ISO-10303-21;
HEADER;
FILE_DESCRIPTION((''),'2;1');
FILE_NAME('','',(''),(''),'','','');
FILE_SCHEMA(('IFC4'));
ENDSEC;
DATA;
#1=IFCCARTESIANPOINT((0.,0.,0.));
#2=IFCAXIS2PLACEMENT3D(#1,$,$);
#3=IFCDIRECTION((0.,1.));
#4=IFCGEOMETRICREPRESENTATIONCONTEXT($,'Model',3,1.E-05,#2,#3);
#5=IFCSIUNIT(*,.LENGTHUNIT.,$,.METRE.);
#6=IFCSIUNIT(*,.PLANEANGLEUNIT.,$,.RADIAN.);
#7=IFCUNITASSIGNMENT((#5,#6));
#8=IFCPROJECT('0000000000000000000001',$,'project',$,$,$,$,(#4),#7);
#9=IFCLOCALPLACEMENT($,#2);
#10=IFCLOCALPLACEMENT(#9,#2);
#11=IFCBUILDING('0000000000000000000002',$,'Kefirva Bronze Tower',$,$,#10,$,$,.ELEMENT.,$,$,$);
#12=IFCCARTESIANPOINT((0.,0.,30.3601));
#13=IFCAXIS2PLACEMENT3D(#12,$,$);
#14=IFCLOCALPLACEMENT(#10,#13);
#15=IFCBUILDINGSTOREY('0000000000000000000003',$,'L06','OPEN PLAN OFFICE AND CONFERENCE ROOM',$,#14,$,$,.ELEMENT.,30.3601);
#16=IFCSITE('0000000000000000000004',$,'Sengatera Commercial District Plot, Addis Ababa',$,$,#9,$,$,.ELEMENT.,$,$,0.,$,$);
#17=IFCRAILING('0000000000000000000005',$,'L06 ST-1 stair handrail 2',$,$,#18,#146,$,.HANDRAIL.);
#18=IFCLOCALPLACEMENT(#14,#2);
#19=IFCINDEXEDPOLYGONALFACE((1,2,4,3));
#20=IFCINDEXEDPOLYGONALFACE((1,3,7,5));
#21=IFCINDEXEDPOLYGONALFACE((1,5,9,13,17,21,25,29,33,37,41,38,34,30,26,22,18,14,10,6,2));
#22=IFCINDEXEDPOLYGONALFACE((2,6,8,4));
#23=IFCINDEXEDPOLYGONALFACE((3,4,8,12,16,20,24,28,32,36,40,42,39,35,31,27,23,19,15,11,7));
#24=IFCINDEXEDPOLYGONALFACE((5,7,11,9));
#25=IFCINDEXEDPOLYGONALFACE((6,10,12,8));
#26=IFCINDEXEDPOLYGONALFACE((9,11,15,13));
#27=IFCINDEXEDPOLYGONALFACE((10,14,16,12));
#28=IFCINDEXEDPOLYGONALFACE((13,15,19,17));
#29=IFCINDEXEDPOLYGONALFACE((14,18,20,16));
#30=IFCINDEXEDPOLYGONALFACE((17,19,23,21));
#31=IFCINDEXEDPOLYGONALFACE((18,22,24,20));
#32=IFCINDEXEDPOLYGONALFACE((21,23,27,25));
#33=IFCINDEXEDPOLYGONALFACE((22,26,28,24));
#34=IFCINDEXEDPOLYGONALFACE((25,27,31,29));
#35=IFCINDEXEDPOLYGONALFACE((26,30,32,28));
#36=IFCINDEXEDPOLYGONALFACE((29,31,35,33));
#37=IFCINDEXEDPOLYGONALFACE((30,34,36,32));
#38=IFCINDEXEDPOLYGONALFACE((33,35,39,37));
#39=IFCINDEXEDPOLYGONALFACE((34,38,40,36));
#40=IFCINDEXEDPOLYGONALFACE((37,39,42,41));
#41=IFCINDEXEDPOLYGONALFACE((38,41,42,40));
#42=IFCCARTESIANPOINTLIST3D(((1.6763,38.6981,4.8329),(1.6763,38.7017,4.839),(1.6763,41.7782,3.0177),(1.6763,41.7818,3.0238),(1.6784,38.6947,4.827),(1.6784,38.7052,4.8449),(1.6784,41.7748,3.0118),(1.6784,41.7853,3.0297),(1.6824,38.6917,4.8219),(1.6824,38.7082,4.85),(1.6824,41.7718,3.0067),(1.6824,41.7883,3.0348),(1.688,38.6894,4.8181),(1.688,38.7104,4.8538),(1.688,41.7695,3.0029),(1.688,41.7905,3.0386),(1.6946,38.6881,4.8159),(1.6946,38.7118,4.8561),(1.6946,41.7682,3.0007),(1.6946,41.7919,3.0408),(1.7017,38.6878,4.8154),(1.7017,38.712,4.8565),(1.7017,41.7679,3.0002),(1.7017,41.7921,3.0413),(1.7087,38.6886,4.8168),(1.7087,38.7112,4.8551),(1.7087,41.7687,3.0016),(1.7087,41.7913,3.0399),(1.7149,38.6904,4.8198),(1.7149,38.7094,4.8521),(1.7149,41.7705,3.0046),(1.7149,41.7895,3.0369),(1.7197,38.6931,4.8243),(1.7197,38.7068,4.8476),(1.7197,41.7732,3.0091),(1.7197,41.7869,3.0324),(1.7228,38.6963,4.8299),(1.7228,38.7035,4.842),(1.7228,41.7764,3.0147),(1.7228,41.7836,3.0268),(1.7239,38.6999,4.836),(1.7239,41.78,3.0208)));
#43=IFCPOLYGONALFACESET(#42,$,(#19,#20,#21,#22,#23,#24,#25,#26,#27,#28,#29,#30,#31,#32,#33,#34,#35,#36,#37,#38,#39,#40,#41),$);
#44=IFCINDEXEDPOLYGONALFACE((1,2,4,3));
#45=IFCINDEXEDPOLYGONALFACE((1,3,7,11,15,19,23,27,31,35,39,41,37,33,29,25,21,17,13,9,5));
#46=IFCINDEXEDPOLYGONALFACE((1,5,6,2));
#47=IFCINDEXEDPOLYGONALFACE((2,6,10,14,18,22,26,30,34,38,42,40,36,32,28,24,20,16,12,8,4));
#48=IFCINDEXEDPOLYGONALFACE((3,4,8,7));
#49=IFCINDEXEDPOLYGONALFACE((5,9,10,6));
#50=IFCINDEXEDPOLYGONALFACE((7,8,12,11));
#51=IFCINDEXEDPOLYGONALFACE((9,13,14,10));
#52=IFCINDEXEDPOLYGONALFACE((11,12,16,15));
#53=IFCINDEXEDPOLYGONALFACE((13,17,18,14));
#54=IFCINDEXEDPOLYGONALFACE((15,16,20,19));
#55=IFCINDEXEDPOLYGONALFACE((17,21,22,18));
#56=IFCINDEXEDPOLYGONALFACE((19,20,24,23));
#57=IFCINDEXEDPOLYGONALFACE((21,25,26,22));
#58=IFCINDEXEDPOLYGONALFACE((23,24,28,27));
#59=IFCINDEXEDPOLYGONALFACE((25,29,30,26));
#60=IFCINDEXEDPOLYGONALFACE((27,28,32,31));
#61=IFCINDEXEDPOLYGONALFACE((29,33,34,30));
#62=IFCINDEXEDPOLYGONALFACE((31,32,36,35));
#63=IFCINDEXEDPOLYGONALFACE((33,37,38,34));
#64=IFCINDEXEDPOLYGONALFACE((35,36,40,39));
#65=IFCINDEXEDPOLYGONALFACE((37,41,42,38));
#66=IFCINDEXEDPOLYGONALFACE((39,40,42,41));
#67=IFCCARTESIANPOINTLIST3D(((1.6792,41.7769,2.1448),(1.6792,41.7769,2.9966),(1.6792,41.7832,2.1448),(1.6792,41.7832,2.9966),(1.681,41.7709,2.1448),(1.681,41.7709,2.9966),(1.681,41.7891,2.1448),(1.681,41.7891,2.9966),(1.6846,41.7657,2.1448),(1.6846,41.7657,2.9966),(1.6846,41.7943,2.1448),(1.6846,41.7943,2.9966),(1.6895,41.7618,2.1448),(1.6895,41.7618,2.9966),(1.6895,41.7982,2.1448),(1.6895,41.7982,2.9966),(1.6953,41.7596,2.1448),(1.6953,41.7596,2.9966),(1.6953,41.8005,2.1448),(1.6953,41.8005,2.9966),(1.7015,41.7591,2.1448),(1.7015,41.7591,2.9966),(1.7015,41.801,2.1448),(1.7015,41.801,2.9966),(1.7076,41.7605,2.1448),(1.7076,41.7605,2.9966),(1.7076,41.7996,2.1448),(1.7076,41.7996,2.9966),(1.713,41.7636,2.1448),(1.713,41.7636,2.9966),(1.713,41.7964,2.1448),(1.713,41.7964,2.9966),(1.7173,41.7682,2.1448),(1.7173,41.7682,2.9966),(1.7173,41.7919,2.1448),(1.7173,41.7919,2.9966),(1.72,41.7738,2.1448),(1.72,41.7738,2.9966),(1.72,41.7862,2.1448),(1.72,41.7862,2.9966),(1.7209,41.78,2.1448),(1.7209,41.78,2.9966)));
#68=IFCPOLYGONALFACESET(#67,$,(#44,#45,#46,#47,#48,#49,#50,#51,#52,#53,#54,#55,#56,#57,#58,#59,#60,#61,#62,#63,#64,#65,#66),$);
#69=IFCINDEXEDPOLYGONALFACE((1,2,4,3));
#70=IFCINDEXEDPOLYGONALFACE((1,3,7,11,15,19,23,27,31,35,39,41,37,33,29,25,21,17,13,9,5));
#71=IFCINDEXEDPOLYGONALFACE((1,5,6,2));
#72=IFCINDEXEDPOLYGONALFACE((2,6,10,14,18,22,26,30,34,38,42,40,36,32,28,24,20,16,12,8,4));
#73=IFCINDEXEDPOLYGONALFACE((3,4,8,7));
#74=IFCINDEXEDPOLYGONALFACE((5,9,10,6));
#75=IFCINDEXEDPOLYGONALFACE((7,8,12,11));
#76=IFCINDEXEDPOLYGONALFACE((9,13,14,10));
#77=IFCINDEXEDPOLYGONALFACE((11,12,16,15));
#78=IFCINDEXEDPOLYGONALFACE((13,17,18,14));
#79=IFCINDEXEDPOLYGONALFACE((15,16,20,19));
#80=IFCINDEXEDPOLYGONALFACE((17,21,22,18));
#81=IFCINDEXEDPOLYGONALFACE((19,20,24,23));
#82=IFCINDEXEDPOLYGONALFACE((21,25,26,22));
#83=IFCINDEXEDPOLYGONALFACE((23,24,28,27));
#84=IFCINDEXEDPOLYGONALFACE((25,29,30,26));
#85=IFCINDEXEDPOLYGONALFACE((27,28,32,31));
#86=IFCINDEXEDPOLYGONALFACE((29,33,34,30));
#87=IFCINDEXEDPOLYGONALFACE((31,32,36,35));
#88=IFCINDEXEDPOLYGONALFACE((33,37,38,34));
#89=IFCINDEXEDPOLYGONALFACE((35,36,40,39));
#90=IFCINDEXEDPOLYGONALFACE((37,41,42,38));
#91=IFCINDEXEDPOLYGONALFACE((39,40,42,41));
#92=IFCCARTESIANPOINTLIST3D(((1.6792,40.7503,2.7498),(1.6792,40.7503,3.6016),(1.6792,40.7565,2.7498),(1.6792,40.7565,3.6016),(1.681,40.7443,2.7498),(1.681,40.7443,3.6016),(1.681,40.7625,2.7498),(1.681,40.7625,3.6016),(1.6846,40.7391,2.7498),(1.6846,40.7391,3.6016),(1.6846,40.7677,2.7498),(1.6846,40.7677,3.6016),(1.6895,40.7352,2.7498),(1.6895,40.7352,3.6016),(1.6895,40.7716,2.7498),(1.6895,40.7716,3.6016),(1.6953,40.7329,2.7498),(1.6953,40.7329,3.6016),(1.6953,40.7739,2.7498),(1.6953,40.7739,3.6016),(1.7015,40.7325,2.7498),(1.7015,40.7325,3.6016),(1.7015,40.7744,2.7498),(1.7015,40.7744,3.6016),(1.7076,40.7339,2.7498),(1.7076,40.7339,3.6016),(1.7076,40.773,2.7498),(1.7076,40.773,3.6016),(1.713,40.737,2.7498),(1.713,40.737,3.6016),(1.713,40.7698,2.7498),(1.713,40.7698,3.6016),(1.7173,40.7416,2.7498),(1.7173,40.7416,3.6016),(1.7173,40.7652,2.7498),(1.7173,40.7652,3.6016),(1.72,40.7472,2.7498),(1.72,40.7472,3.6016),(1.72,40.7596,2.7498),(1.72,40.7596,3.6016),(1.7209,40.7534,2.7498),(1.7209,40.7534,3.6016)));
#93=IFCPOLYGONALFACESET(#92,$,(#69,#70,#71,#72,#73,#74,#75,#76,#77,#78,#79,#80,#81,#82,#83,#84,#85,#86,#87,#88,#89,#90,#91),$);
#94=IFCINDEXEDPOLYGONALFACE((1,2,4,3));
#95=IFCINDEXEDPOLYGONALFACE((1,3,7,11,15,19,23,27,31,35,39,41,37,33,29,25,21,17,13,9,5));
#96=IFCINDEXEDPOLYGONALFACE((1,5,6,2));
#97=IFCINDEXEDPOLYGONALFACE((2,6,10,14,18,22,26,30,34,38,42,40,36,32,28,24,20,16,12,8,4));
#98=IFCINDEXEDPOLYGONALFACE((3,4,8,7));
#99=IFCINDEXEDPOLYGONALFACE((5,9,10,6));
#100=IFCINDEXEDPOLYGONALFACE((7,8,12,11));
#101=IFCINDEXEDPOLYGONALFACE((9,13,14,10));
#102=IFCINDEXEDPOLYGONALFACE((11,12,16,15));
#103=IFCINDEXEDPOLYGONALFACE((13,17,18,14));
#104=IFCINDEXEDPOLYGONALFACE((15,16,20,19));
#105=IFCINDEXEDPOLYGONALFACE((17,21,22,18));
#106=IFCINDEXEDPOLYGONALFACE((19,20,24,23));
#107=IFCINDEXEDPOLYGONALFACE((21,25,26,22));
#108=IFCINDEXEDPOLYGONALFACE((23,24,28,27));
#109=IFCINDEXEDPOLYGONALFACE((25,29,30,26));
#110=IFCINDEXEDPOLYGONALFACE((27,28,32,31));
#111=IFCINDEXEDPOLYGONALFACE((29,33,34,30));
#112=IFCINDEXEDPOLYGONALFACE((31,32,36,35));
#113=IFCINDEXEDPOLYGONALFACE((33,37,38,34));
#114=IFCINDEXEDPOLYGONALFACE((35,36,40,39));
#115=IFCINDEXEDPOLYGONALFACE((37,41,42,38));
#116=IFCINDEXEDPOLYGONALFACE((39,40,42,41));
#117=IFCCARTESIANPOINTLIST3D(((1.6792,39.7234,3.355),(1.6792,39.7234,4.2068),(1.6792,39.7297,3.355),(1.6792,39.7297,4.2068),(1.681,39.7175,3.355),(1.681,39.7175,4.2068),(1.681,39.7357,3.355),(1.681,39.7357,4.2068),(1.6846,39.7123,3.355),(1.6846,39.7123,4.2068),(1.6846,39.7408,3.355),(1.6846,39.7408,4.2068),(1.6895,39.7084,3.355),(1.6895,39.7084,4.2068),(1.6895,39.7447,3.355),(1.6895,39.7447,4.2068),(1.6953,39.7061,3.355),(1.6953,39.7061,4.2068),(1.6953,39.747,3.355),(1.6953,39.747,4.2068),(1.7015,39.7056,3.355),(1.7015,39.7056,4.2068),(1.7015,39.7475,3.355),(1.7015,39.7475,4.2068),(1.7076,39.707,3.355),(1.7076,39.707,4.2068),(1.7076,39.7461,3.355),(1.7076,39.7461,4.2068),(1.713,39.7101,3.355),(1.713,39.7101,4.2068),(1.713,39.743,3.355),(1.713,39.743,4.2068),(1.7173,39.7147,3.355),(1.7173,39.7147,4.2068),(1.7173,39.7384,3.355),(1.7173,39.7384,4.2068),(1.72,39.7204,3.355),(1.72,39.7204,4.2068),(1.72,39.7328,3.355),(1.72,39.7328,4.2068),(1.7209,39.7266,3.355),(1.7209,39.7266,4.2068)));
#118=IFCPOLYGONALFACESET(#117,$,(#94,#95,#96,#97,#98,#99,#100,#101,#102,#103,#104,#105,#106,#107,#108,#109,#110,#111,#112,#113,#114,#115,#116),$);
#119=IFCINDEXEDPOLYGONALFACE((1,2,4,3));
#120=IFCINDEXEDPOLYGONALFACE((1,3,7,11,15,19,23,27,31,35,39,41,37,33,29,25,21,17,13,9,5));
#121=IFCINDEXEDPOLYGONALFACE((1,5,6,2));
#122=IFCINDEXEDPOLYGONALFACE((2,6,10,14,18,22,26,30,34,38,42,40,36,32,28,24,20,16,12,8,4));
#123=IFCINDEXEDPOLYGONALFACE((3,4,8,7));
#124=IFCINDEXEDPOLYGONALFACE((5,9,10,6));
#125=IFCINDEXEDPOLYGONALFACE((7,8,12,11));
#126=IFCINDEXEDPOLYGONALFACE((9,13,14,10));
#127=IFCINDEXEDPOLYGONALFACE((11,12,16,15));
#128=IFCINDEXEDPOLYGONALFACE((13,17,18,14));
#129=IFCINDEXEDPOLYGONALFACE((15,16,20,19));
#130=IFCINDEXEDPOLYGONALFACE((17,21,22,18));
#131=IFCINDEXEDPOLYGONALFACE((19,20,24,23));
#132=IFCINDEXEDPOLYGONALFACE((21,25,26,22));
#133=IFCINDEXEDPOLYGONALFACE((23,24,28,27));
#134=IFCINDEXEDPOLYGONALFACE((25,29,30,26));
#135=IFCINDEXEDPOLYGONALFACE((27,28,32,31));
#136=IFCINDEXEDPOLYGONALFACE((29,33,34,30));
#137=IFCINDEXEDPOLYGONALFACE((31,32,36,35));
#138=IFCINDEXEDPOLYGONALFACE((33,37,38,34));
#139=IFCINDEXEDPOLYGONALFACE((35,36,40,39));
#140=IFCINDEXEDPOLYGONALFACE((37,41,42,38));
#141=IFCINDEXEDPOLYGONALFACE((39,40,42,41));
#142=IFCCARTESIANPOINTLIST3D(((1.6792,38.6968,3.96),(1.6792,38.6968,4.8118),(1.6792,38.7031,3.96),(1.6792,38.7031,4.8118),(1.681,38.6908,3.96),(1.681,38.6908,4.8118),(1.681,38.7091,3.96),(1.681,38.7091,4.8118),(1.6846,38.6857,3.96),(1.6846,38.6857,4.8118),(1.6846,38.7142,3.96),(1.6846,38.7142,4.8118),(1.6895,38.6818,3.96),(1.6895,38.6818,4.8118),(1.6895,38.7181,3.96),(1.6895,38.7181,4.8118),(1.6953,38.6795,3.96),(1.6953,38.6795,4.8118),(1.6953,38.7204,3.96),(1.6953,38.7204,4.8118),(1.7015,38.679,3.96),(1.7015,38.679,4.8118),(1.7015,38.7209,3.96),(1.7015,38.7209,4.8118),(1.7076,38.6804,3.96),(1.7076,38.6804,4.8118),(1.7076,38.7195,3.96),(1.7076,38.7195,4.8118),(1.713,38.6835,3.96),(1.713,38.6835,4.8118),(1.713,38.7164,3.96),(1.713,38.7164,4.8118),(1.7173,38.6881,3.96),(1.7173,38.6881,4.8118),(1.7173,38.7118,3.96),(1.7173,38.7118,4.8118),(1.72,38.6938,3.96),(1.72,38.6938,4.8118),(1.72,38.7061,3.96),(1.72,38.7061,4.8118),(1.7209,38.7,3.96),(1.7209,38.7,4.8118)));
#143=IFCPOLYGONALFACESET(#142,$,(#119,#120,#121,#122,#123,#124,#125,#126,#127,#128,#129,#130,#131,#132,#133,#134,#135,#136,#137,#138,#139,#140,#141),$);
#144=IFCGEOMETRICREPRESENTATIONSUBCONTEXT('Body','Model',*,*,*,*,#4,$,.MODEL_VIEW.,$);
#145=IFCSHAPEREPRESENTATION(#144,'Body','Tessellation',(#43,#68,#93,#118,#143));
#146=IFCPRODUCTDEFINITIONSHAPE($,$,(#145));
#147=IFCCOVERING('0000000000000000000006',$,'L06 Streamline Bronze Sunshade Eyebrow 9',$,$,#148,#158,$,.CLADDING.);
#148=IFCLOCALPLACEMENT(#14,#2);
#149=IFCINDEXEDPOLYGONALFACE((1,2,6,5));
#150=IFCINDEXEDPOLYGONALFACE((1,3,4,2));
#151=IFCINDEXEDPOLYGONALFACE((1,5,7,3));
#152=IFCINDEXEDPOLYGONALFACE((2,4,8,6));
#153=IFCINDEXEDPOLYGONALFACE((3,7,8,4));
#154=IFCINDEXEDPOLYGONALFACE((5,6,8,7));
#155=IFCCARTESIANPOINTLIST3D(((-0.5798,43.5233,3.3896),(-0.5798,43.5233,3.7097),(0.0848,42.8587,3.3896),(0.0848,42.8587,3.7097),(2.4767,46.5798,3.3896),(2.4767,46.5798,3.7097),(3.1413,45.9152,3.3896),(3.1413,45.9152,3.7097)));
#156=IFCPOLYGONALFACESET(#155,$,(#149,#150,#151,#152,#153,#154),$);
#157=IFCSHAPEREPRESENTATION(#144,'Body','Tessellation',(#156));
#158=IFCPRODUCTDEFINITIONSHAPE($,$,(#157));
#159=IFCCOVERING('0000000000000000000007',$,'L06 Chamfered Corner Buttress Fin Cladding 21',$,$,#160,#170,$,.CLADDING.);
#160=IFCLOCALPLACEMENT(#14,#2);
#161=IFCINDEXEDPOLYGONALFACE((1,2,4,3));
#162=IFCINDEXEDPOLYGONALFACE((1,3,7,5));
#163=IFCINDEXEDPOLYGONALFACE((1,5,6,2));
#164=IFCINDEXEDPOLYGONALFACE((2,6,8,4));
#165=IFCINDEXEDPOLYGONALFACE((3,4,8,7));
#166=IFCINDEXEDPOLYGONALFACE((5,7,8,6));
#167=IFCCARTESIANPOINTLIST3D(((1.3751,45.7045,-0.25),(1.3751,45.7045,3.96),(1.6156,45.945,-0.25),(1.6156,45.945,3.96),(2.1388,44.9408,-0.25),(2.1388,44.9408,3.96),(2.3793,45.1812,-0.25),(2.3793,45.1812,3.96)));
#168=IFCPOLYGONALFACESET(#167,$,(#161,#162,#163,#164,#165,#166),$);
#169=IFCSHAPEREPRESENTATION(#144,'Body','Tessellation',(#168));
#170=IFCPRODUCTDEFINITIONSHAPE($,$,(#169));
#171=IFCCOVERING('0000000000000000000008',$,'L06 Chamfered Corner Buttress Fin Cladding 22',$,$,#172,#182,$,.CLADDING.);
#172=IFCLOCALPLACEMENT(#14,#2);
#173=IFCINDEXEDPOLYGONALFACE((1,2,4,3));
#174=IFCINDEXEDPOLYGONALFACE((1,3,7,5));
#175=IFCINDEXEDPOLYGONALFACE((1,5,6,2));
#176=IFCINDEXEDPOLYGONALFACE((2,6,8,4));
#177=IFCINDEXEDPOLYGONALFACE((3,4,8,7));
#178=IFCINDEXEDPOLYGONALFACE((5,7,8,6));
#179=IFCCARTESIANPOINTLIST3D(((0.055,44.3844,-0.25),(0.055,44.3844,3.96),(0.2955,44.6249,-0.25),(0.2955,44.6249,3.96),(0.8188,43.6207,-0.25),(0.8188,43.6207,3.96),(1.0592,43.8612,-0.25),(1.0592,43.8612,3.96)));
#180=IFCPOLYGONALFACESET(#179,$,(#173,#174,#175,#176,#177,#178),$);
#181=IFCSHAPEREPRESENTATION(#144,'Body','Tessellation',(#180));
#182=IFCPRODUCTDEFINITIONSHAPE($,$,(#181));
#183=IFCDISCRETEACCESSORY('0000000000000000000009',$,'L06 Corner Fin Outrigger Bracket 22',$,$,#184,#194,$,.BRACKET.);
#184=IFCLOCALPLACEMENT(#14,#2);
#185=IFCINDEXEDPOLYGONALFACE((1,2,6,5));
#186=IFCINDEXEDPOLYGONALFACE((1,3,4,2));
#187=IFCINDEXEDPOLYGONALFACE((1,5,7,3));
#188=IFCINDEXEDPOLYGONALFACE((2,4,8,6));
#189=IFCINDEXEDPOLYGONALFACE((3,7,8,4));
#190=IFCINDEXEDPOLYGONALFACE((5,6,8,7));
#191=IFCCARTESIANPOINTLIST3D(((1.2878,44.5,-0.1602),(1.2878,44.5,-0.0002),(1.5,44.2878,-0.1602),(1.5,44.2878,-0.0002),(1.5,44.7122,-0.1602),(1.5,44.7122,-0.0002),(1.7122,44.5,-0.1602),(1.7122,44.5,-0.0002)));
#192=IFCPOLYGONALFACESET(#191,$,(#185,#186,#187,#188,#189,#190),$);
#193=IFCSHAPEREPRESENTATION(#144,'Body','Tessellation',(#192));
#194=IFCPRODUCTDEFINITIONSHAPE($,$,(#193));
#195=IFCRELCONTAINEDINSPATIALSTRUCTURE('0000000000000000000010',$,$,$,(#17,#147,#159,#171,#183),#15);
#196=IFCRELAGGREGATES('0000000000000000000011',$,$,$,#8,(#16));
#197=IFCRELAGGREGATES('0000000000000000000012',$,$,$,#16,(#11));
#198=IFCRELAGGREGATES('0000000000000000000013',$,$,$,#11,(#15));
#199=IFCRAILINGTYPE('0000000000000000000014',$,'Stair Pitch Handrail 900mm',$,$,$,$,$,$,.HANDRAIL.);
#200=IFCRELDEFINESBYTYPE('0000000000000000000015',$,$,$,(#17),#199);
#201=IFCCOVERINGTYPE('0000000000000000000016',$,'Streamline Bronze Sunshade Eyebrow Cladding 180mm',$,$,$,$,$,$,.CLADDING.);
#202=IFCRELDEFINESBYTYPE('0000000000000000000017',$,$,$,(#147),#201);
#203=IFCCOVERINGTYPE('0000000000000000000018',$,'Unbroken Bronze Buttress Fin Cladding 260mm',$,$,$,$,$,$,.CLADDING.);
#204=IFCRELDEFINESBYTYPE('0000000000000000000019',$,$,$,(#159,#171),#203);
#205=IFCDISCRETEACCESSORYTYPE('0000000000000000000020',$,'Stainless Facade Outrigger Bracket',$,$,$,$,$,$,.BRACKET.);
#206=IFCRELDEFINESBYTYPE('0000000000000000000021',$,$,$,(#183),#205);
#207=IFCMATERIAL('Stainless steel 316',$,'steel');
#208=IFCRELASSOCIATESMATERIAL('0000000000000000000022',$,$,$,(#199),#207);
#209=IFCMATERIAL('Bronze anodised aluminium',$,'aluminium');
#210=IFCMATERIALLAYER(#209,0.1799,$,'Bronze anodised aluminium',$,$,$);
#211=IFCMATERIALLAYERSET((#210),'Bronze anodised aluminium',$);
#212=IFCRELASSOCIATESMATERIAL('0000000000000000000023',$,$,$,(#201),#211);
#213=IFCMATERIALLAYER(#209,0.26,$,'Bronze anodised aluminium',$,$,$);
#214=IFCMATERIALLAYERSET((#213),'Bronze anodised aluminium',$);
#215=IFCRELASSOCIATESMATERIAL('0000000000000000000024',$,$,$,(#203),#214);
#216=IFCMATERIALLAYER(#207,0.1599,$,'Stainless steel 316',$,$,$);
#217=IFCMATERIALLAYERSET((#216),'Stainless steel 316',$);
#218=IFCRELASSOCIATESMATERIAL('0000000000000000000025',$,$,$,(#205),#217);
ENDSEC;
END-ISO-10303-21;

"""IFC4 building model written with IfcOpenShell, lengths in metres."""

from ifc_helpers import new_model, si_unit, direction, frame, origin, origin_2d, place, context, subcontext, project, spatial, rectangle, circle, extrude, material, layer, layer_set, type_object, element, save


model = new_model("IFC4")

# Units and contexts
model_context = context("Model", 3, precision=1e-05, world=origin(), true_north=direction((0.0, 1.0)))
body_context = subcontext(model_context, "Body", "Model", "MODEL_VIEW")
ifc_project = project(units=[si_unit("LENGTHUNIT", "METRE"), si_unit("PLANEANGLEUNIT", "RADIAN")], contexts=[model_context])

# Site, building, storey
site_placement = place(None, origin())
site = spatial("IfcSite", under=ifc_project, at=site_placement, Name="Sengatera Commercial District Plot, Addis Ababa", CompositionType="ELEMENT", RefElevation=0.0)
building_placement = place(site_placement, origin())
building = spatial("IfcBuilding", under=site, at=building_placement, Name="Kefirva Bronze Tower", CompositionType="ELEMENT")
storey_placement = place(building_placement, frame((0.0, 0.0, 30.3601)))
storey = spatial("IfcBuildingStorey", under=building, at=storey_placement, Name="L06", Description="OPEN PLAN OFFICE AND CONFERENCE ROOM", CompositionType="ELEMENT", Elevation=30.3601)

# Shared definitions
ifc_material_1 = material(Name="Bronze anodised aluminium", Category="aluminium")

# Railing
ifc_material_2 = material(Name="Stainless steel 316", Category="steel")
railing_type_1 = type_object("IfcRailingType", Name="Stair Pitch Handrail 900mm", PredefinedType="HANDRAIL", material=ifc_material_2)
railing_1_placement = place(storey_placement, frame((1.7, 41.78, 2.1448)))
element("IfcRailing", 1, at=railing_1_placement, inside=storey, type_object=railing_type_1, Name="L06 ST-1 stair handrail 2", PredefinedType="HANDRAIL", context=body_context, shape_type="SweptSolid", body=[
    extrude(circle(Radius=0.0239, at=origin_2d()), frame((0.0, 0.0, 0.876), z_axis=(0.0, -0.861521, 0.507721), x_axis=(1.0, 0.0, 0.0)), (0.0, 0.0, 1.0), 3.5752),
    extrude(circle(Radius=0.021, at=origin_2d()), origin(), (0.0, 0.0, 1.0), 0.8518),
    extrude(circle(Radius=0.021, at=origin_2d()), frame((0.0, -1.0266, 0.605)), (0.0, 0.0, 1.0), 0.8518),
    extrude(circle(Radius=0.021, at=origin_2d()), frame((0.0, -2.0535, 1.2102)), (0.0, 0.0, 1.0), 0.8518),
    extrude(circle(Radius=0.021, at=origin_2d()), frame((0.0, -3.0801, 1.8152)), (0.0, 0.0, 1.0), 0.8518),
])

# Coverings
ifc_layer_1 = layer(ifc_material_1, 0.1799, Name="Bronze anodised aluminium")
ifc_layer_set_1 = layer_set([ifc_layer_1], Name="Bronze anodised aluminium")
covering_type_1 = type_object("IfcCoveringType", Name="Streamline Bronze Sunshade Eyebrow Cladding 180mm", PredefinedType="CLADDING", material=ifc_layer_set_1)
covering_1_placement = place(storey_placement, frame((1.2808, 44.7192, 3.3896), z_axis=(0.0, 0.0, 1.0), x_axis=(-0.707107, -0.707107, 0.0)))
element("IfcCovering", 2, at=covering_1_placement, inside=storey, type_object=covering_type_1, Name="L06 Streamline Bronze Sunshade Eyebrow 9", PredefinedType="CLADDING", context=body_context, shape_type="SweptSolid", body=[
    extrude(rectangle(XDim=4.3225, YDim=0.9399, at=origin_2d()), origin(), (0.0, 0.0, 1.0), 0.3201),
])
ifc_layer_2 = layer(ifc_material_1, 0.26, Name="Bronze anodised aluminium")
ifc_layer_set_2 = layer_set([ifc_layer_2], Name="Bronze anodised aluminium")
covering_type_2 = type_object("IfcCoveringType", Name="Unbroken Bronze Buttress Fin Cladding 260mm", PredefinedType="CLADDING", material=ifc_layer_set_2)
for number, where, z_axis, x_axis, name in (
    (3, (1.8772, 45.4429, -0.25), (0.0, 0.0, 1.0), (-0.707107, -0.707107, 0.0), "L06 Chamfered Corner Buttress Fin Cladding 21"),
    (4, (0.5571, 44.1228, -0.25), (0.0, 0.0, 1.0), (-0.707107, -0.707107, 0.0), "L06 Chamfered Corner Buttress Fin Cladding 22"),
):
    element("IfcCovering", number, at=place(storey_placement, frame(where, z_axis=z_axis, x_axis=x_axis)), inside=storey, type_object=covering_type_2, Name=name, PredefinedType="CLADDING", context=body_context, shape_type="SweptSolid", body=[
        extrude(rectangle(XDim=0.3401, YDim=1.0801, at=origin_2d()), origin(), (0.0, 0.0, 1.0), 4.21),
    ])

# Discrete accessory
ifc_layer_3 = layer(ifc_material_2, 0.1599, Name="Stainless steel 316")
ifc_layer_set_3 = layer_set([ifc_layer_3], Name="Stainless steel 316")
discrete_accessory_type = type_object("IfcDiscreteAccessoryType", Name="Stainless Facade Outrigger Bracket", PredefinedType="BRACKET", material=ifc_layer_set_3)
discrete_accessory_placement = place(storey_placement, frame((1.5, 44.5, -0.1602), z_axis=(0.0, 0.0, 1.0), x_axis=(-0.707107, -0.707107, 0.0)))
element("IfcDiscreteAccessory", 5, at=discrete_accessory_placement, inside=storey, type_object=discrete_accessory_type, Name="L06 Corner Fin Outrigger Bracket 22", PredefinedType="BRACKET", context=body_context, shape_type="SweptSolid", body=[
    extrude(rectangle(XDim=0.3, YDim=0.3, at=origin_2d()), origin(), (0.0, 0.0, 1.0), 0.1599),
])

save(model, "model.ifc")
